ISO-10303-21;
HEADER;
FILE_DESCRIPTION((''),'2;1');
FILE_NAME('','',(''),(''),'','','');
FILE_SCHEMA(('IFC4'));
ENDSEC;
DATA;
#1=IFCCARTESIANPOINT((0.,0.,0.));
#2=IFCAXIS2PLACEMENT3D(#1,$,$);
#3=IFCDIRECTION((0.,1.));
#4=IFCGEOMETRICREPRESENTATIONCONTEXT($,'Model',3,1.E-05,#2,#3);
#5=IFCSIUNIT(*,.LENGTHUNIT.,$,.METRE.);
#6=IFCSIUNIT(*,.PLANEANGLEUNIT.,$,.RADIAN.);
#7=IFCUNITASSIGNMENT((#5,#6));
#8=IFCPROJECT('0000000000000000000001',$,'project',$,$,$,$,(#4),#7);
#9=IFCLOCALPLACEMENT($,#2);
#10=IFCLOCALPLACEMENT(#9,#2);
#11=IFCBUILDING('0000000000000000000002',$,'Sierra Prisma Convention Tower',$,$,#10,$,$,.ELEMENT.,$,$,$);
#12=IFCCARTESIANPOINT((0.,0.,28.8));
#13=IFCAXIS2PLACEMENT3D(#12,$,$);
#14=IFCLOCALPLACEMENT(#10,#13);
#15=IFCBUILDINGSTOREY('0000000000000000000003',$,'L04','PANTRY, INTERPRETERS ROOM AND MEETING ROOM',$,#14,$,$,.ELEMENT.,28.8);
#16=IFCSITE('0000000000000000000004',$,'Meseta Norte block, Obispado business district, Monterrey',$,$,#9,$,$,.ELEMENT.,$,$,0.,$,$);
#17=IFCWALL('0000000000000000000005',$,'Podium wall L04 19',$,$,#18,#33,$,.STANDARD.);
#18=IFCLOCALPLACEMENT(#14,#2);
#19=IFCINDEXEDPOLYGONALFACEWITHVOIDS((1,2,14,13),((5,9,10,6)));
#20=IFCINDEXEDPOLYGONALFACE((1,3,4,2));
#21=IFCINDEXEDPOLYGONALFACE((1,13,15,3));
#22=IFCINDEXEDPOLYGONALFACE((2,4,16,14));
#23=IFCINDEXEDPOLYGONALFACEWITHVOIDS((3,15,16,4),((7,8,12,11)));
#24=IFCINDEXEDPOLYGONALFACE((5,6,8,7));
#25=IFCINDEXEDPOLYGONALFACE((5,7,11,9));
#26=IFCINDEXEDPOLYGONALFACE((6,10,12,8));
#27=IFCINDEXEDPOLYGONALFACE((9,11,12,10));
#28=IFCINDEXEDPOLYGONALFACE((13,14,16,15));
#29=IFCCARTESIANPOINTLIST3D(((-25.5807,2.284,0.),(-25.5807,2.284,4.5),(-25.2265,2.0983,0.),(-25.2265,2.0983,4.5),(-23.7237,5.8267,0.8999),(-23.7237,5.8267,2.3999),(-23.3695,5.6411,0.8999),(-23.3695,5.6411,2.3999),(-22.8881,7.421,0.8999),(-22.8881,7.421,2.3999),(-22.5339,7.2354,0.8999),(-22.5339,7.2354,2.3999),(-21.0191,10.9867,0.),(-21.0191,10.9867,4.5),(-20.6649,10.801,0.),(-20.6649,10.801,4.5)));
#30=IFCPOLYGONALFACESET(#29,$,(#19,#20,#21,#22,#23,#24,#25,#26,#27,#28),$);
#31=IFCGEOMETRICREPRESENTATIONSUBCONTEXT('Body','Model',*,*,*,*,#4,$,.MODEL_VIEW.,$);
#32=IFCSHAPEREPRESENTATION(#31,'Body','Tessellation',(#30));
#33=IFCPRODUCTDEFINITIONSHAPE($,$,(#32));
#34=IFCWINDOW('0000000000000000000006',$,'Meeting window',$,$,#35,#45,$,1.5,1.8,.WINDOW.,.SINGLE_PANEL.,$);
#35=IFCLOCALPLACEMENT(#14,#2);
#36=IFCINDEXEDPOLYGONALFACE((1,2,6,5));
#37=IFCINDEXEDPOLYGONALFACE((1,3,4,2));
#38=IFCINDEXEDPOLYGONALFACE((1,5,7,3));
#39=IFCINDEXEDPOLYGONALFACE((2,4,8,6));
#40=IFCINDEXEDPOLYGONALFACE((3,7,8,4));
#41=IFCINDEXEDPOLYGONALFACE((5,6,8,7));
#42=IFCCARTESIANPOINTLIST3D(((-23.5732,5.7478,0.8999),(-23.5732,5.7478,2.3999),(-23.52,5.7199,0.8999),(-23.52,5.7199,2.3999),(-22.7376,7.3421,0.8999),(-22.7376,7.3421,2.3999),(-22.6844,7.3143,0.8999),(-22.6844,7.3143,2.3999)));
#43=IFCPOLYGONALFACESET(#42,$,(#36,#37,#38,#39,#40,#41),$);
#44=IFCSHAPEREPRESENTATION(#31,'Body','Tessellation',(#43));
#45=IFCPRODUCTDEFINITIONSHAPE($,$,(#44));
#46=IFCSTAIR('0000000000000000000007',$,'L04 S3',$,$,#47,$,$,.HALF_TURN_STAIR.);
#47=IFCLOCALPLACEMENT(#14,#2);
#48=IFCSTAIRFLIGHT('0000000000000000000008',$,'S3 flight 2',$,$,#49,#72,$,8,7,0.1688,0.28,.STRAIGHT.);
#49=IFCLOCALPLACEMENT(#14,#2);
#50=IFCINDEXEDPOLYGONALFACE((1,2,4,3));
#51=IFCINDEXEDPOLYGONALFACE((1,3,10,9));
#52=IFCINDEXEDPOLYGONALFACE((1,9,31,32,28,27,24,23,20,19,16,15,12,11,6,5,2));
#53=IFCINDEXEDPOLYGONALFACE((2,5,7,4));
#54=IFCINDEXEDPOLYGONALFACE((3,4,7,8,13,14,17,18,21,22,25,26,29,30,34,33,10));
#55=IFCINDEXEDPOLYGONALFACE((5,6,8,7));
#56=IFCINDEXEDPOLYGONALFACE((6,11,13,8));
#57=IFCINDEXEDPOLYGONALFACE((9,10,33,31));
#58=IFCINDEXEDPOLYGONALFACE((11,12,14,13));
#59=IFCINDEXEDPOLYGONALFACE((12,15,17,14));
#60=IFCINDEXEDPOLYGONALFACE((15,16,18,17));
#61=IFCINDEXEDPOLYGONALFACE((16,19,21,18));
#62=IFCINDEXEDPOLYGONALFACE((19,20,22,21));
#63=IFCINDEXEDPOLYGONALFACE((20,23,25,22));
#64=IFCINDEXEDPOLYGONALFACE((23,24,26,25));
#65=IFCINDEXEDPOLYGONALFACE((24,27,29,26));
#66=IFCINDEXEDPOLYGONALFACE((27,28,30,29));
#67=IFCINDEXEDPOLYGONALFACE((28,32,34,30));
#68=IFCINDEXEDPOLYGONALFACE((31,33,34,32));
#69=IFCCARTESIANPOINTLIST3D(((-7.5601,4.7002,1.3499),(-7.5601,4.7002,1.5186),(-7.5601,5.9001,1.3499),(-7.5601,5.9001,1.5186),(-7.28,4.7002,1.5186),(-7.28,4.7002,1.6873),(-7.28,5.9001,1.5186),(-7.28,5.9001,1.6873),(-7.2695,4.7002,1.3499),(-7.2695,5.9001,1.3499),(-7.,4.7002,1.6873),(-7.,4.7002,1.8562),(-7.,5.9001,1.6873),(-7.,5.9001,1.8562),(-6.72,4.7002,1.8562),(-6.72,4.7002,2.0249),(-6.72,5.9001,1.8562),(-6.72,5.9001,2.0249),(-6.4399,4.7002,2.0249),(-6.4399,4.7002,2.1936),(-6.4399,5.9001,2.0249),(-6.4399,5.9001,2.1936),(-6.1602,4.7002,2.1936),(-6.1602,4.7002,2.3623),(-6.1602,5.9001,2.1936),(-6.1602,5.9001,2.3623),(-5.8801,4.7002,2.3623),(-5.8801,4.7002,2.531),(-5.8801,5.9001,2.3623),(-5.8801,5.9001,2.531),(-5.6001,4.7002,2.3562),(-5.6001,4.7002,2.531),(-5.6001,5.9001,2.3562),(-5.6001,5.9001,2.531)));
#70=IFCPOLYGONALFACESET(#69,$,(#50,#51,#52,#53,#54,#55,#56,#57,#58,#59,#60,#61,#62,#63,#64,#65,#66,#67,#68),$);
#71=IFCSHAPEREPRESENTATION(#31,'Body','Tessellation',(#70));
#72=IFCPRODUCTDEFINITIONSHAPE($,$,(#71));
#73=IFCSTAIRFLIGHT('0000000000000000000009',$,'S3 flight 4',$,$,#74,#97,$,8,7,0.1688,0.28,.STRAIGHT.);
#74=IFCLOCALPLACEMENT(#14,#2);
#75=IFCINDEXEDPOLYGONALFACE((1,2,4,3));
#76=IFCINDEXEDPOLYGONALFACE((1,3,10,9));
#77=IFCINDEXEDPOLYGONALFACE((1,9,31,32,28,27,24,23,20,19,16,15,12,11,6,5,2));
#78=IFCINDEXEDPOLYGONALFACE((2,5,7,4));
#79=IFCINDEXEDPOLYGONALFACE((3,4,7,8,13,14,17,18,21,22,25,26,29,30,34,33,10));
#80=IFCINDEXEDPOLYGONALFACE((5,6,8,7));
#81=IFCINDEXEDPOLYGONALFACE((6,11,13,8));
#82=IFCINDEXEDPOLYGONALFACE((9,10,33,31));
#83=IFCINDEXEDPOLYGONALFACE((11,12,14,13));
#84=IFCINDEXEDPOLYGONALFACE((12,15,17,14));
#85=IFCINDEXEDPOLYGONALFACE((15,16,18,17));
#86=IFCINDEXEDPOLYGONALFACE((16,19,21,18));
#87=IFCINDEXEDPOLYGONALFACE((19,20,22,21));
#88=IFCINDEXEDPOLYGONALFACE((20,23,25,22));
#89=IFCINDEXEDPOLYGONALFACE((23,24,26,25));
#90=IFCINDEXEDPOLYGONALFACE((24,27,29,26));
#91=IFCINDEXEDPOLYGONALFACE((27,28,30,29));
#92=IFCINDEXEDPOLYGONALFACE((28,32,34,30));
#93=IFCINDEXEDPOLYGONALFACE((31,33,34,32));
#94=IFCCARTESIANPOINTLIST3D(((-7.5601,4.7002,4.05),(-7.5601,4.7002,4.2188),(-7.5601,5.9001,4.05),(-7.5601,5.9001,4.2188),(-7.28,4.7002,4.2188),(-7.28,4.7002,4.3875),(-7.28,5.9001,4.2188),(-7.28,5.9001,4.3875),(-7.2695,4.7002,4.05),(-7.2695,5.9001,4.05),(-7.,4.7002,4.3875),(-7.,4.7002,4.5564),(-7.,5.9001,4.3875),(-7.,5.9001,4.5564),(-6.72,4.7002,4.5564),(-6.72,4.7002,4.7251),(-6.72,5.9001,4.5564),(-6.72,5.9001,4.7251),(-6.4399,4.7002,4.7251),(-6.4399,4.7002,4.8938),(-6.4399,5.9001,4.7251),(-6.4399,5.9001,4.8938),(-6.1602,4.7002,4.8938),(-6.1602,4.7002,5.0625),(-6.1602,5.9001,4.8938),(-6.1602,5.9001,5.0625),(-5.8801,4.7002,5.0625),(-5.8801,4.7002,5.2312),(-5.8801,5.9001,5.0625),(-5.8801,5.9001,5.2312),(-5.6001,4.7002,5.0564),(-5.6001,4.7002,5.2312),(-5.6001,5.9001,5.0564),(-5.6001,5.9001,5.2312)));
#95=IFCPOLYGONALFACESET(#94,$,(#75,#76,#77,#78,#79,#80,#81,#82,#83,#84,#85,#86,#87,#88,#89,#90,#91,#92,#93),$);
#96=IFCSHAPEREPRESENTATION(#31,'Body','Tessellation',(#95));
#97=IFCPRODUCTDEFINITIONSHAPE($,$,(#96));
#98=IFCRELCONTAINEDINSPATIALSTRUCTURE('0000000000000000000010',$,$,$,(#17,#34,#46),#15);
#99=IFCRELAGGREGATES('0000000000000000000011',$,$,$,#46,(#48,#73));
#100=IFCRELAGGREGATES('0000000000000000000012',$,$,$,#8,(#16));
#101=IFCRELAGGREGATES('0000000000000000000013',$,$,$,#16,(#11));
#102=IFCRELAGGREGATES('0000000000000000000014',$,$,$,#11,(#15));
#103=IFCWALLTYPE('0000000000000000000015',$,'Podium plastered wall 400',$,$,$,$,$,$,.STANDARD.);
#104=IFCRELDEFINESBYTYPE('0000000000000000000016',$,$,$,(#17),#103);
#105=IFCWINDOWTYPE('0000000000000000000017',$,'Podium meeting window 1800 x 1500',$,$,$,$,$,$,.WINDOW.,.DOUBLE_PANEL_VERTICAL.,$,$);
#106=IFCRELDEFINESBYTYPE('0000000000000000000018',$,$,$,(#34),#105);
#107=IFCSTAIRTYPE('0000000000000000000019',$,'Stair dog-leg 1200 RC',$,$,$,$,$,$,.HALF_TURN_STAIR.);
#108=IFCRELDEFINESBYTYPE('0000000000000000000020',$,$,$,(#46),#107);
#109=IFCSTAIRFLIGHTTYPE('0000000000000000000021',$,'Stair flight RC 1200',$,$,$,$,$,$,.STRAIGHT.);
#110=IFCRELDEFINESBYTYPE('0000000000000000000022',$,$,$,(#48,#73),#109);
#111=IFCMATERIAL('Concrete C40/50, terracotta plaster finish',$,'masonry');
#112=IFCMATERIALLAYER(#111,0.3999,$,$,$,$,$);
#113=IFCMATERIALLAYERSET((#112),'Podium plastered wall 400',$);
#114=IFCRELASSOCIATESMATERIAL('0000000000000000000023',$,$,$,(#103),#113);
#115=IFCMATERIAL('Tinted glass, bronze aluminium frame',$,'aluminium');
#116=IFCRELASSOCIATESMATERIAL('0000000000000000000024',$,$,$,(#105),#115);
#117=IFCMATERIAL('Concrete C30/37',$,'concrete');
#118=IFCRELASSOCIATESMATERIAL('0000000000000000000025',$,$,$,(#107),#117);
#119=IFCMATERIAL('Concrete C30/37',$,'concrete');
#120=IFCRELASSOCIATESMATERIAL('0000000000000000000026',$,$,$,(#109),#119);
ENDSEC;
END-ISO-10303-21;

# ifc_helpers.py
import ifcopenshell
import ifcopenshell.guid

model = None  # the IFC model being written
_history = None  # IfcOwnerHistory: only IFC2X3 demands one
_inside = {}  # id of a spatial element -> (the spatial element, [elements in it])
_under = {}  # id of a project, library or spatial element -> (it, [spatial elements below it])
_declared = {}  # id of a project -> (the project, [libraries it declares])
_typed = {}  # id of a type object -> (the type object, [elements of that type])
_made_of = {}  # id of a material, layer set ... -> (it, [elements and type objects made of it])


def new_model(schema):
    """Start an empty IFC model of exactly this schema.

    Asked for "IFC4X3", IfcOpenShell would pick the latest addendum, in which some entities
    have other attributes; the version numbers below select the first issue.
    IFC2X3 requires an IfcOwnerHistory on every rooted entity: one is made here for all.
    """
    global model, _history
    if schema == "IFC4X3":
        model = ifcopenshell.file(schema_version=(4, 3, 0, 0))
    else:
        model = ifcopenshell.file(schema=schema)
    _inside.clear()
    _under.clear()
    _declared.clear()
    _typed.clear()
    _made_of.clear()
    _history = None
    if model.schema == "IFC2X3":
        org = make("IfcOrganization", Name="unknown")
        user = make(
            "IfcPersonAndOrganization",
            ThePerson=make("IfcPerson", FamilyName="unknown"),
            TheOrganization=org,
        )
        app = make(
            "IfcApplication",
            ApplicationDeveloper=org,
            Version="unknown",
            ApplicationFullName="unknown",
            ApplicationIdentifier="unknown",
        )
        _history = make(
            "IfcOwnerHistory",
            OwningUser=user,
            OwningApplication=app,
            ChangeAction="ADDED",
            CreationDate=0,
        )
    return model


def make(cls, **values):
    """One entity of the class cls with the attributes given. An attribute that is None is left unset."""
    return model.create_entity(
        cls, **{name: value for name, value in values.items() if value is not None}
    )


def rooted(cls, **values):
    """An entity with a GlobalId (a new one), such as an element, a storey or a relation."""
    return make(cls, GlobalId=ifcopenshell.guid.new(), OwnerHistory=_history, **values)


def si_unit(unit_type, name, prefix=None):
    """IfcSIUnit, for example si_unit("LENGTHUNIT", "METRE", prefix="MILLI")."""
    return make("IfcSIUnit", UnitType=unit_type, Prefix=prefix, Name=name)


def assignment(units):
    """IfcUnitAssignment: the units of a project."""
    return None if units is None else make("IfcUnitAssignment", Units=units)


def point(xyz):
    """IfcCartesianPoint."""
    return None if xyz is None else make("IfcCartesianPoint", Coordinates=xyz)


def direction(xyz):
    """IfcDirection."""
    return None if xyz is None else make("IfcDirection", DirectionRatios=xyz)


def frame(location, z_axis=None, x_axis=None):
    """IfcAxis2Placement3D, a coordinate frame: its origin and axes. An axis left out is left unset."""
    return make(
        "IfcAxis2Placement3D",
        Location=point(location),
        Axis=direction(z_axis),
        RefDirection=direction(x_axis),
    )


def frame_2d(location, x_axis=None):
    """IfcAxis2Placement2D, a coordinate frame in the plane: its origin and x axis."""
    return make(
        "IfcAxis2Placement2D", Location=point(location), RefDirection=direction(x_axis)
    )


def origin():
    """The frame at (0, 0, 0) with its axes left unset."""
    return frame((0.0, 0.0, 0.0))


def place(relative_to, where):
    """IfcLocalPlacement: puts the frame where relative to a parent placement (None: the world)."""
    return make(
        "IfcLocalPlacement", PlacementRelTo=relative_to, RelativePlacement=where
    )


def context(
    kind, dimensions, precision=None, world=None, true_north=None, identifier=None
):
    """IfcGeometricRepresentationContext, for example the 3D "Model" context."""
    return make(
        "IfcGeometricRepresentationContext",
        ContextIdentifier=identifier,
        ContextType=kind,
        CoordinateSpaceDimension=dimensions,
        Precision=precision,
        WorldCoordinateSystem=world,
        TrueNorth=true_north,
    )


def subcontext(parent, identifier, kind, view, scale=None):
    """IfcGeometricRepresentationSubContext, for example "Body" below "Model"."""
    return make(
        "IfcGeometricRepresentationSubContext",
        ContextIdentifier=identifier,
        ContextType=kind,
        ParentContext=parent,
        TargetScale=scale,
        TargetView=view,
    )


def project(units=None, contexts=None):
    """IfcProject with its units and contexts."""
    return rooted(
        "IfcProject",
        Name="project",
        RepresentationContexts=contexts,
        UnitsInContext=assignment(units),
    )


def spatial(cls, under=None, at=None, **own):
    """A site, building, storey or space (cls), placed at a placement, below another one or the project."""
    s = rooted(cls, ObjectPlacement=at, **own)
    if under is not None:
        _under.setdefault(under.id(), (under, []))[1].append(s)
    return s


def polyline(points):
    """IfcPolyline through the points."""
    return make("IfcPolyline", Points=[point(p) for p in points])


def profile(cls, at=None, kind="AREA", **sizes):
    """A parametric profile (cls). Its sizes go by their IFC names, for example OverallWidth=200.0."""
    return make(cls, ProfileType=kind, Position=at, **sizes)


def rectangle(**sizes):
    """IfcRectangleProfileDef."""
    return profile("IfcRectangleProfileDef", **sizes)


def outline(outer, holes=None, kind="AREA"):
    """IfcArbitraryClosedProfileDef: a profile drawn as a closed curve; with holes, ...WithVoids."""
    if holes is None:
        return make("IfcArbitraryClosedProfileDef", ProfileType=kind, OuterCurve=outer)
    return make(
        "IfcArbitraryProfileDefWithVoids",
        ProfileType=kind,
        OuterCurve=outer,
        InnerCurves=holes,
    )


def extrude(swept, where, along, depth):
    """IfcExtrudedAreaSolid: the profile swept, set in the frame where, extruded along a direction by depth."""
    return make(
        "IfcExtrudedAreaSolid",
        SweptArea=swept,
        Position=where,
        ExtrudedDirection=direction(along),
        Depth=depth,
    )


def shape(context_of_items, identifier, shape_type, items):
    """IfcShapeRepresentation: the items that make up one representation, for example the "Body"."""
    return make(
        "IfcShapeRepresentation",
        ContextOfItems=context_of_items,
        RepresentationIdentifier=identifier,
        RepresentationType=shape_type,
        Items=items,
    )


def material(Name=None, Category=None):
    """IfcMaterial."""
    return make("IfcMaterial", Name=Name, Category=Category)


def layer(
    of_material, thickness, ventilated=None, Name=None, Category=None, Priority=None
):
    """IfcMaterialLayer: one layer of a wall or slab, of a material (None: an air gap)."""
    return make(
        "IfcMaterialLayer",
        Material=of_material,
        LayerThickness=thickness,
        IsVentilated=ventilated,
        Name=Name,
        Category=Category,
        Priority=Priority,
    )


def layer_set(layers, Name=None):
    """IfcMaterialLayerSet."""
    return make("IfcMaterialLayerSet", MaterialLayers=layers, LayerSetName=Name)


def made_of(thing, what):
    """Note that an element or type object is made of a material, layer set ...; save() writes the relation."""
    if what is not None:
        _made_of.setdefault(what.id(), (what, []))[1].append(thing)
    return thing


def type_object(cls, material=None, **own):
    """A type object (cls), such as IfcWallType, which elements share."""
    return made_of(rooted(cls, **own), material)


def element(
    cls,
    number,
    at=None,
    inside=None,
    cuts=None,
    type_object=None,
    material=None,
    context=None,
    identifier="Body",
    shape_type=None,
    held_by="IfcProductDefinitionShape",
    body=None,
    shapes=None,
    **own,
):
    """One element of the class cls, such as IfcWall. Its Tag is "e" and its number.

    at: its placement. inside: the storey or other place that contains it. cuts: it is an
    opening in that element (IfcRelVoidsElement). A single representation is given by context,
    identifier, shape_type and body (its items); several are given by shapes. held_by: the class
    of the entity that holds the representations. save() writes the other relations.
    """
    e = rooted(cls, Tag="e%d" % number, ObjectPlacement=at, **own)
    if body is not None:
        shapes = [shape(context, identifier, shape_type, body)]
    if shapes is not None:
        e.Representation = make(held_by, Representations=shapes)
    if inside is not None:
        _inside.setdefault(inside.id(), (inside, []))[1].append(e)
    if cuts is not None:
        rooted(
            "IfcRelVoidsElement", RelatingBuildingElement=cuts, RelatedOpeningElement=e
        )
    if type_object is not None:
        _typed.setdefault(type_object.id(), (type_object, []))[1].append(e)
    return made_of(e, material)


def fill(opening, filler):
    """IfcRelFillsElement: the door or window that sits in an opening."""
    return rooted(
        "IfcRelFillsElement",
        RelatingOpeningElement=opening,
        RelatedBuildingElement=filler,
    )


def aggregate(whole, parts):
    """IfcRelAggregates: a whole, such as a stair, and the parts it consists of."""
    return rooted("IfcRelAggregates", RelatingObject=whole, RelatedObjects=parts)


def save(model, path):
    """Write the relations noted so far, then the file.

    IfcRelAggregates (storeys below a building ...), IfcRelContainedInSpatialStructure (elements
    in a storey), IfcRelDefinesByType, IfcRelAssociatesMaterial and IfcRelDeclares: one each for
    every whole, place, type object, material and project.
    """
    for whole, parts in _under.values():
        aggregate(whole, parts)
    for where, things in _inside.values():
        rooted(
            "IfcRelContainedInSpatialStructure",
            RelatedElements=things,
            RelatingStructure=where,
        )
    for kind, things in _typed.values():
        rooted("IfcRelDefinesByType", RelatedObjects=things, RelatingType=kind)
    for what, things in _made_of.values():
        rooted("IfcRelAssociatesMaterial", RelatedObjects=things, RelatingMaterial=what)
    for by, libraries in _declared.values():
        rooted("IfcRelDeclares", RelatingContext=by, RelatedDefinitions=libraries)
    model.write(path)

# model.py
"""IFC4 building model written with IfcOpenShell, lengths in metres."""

from ifc_helpers import new_model, si_unit, direction, frame, frame_2d, origin, place, context, subcontext, project, spatial, polyline, rectangle, outline, extrude, material, layer, layer_set, type_object, element, fill, aggregate, save


model = new_model("IFC4")

# Units and contexts
model_context = context("Model", 3, precision=1e-05, world=origin(), true_north=direction((0.0, 1.0)))
body_context = subcontext(model_context, "Body", "Model", "MODEL_VIEW")
ifc_project = project(units=[si_unit("LENGTHUNIT", "METRE"), si_unit("PLANEANGLEUNIT", "RADIAN")], contexts=[model_context])

# Site, building, storey
site_placement = place(None, origin())
site = spatial("IfcSite", under=ifc_project, at=site_placement, Name="Meseta Norte block, Obispado business district, Monterrey", CompositionType="ELEMENT", RefElevation=0.0)
building_placement = place(site_placement, origin())
building = spatial("IfcBuilding", under=site, at=building_placement, Name="Sierra Prisma Convention Tower", CompositionType="ELEMENT")
storey_placement = place(building_placement, frame((0.0, 0.0, 28.8)))
storey = spatial("IfcBuildingStorey", under=building, at=storey_placement, Name="L04", Description="PANTRY, INTERPRETERS ROOM AND MEETING ROOM", CompositionType="ELEMENT", Elevation=28.8)

# Wall, opening, window
ifc_material_1 = material(Name="Concrete C40/50, terracotta plaster finish", Category="masonry")
ifc_layer_1 = layer(ifc_material_1, 0.3999)
ifc_layer_set_1 = layer_set([ifc_layer_1], Name="Podium plastered wall 400")
wall_type_1 = type_object("IfcWallType", Name="Podium plastered wall 400", PredefinedType="STANDARD", material=ifc_layer_set_1)
wall_1_placement = place(storey_placement, frame((-25.4036, 2.1912, 0.0), z_axis=(0.0, 0.0, 1.0), x_axis=(0.464247, 0.885706, 0.0)))
wall_1 = element("IfcWall", 1, at=wall_1_placement, inside=storey, type_object=wall_type_1, Name="Podium wall L04 19", PredefinedType="STANDARD", context=body_context, shape_type="SweptSolid", body=[
    extrude(rectangle(XDim=9.8257, YDim=0.3999, at=frame_2d((4.9128, 0.0))), origin(), (0.0, 0.0, 1.0), 4.5),
])
opening_1_placement = place(wall_1_placement, frame((4.0, 0.0, 0.8999)))
opening_1 = element("IfcOpeningElement", 2, at=opening_1_placement, cuts=wall_1, PredefinedType="OPENING", context=body_context, shape_type="SweptSolid", body=[
    extrude(rectangle(XDim=1.8, YDim=1.5, at=frame_2d((0.8999, 0.75))), frame((0.0, 0.2, 0.0), z_axis=(0.0, -1.0, 0.0), x_axis=(1.0, 0.0, 0.0)), (0.0, 0.0, 1.0), 0.3999),
])
ifc_material_2 = material(Name="Tinted glass, bronze aluminium frame", Category="aluminium")
window_type = type_object("IfcWindowType", Name="Podium meeting window 1800 x 1500", PartitioningType="DOUBLE_PANEL_VERTICAL", PredefinedType="WINDOW", material=ifc_material_2)
window_placement = place(opening_1_placement, origin())
window = element("IfcWindow", 3, at=window_placement, inside=storey, type_object=window_type, Name="Meeting window", OverallHeight=1.5, OverallWidth=1.8, PartitioningType="SINGLE_PANEL", PredefinedType="WINDOW", context=body_context, shape_type="SweptSolid", body=[
    extrude(rectangle(XDim=1.8, YDim=1.5, at=frame_2d((0.8999, 0.75))), frame((0.0, 0.03, 0.0), z_axis=(0.0, -1.0, 0.0), x_axis=(1.0, 0.0, 0.0)), (0.0, 0.0, 1.0), 0.0601),
])
fill(opening_1, window)

# Stair, stair flights
ifc_material_3 = material(Name="Concrete C30/37", Category="concrete")
stair_type = type_object("IfcStairType", Name="Stair dog-leg 1200 RC", PredefinedType="HALF_TURN_STAIR", material=ifc_material_3)
stair_placement = place(storey_placement, origin())
stair = element("IfcStair", 4, at=stair_placement, inside=storey, type_object=stair_type, Name="L04 S3", PredefinedType="HALF_TURN_STAIR")
ifc_material_4 = material(Name="Concrete C30/37", Category="concrete")
stair_flight_type = type_object("IfcStairFlightType", Name="Stair flight RC 1200", PredefinedType="STRAIGHT", material=ifc_material_4)
stair_flight_1_placement = place(storey_placement, frame((-7.5601, 5.3, 1.3499), z_axis=(0.0, 0.0, 1.0), x_axis=(1.0, 0.0, 0.0)))
stair_flight_1 = element("IfcStairFlight", 5, at=stair_flight_1_placement, type_object=stair_flight_type, Name="S3 flight 2", NumberOfRisers=8, NumberOfTreads=7, PredefinedType="STRAIGHT", RiserHeight=0.1688, TreadLength=0.28, context=body_context, shape_type="SweptSolid", body=[
    extrude(outline(polyline([(0.0, 0.0), (0.0, 0.1687), (0.28, 0.1687), (0.28, 0.3374), (0.5601, 0.3374), (0.5601, 0.5063), (0.8401, 0.5063), (0.8401, 0.675), (1.1201, 0.675), (1.1201, 0.8438), (1.3999, 0.8438), (1.3999, 1.0125), (1.6799, 1.0125), (1.6799, 1.1812), (1.96, 1.1812), (1.96, 1.3501), (1.96, 1.0063), (0.2905, 0.0), (0.0, 0.0)])), frame((0.0, 0.6001, 0.0), z_axis=(0.0, -1.0, 0.0), x_axis=(1.0, 0.0, 0.0)), (0.0, 0.0, 1.0), 1.2),
])
stair_flight_2_placement = place(storey_placement, frame((-7.5601, 5.3, 4.05), z_axis=(0.0, 0.0, 1.0), x_axis=(1.0, 0.0, 0.0)))
stair_flight_2 = element("IfcStairFlight", 6, at=stair_flight_2_placement, type_object=stair_flight_type, Name="S3 flight 4", NumberOfRisers=8, NumberOfTreads=7, PredefinedType="STRAIGHT", RiserHeight=0.1688, TreadLength=0.28, context=body_context, shape_type="SweptSolid", body=[
    extrude(outline(polyline([(0.0, 0.0), (0.0, 0.1687), (0.28, 0.1687), (0.28, 0.3374), (0.5601, 0.3374), (0.5601, 0.5063), (0.8401, 0.5063), (0.8401, 0.675), (1.1201, 0.675), (1.1201, 0.8438), (1.3999, 0.8438), (1.3999, 1.0125), (1.6799, 1.0125), (1.6799, 1.1812), (1.96, 1.1812), (1.96, 1.3501), (1.96, 1.0063), (0.2905, 0.0), (0.0, 0.0)])), frame((0.0, 0.6001, 0.0), z_axis=(0.0, -1.0, 0.0), x_axis=(1.0, 0.0, 0.0)), (0.0, 0.0, 1.0), 1.2),
])
aggregate(stair, [stair_flight_1, stair_flight_2])

save(model, "model.ifc")
